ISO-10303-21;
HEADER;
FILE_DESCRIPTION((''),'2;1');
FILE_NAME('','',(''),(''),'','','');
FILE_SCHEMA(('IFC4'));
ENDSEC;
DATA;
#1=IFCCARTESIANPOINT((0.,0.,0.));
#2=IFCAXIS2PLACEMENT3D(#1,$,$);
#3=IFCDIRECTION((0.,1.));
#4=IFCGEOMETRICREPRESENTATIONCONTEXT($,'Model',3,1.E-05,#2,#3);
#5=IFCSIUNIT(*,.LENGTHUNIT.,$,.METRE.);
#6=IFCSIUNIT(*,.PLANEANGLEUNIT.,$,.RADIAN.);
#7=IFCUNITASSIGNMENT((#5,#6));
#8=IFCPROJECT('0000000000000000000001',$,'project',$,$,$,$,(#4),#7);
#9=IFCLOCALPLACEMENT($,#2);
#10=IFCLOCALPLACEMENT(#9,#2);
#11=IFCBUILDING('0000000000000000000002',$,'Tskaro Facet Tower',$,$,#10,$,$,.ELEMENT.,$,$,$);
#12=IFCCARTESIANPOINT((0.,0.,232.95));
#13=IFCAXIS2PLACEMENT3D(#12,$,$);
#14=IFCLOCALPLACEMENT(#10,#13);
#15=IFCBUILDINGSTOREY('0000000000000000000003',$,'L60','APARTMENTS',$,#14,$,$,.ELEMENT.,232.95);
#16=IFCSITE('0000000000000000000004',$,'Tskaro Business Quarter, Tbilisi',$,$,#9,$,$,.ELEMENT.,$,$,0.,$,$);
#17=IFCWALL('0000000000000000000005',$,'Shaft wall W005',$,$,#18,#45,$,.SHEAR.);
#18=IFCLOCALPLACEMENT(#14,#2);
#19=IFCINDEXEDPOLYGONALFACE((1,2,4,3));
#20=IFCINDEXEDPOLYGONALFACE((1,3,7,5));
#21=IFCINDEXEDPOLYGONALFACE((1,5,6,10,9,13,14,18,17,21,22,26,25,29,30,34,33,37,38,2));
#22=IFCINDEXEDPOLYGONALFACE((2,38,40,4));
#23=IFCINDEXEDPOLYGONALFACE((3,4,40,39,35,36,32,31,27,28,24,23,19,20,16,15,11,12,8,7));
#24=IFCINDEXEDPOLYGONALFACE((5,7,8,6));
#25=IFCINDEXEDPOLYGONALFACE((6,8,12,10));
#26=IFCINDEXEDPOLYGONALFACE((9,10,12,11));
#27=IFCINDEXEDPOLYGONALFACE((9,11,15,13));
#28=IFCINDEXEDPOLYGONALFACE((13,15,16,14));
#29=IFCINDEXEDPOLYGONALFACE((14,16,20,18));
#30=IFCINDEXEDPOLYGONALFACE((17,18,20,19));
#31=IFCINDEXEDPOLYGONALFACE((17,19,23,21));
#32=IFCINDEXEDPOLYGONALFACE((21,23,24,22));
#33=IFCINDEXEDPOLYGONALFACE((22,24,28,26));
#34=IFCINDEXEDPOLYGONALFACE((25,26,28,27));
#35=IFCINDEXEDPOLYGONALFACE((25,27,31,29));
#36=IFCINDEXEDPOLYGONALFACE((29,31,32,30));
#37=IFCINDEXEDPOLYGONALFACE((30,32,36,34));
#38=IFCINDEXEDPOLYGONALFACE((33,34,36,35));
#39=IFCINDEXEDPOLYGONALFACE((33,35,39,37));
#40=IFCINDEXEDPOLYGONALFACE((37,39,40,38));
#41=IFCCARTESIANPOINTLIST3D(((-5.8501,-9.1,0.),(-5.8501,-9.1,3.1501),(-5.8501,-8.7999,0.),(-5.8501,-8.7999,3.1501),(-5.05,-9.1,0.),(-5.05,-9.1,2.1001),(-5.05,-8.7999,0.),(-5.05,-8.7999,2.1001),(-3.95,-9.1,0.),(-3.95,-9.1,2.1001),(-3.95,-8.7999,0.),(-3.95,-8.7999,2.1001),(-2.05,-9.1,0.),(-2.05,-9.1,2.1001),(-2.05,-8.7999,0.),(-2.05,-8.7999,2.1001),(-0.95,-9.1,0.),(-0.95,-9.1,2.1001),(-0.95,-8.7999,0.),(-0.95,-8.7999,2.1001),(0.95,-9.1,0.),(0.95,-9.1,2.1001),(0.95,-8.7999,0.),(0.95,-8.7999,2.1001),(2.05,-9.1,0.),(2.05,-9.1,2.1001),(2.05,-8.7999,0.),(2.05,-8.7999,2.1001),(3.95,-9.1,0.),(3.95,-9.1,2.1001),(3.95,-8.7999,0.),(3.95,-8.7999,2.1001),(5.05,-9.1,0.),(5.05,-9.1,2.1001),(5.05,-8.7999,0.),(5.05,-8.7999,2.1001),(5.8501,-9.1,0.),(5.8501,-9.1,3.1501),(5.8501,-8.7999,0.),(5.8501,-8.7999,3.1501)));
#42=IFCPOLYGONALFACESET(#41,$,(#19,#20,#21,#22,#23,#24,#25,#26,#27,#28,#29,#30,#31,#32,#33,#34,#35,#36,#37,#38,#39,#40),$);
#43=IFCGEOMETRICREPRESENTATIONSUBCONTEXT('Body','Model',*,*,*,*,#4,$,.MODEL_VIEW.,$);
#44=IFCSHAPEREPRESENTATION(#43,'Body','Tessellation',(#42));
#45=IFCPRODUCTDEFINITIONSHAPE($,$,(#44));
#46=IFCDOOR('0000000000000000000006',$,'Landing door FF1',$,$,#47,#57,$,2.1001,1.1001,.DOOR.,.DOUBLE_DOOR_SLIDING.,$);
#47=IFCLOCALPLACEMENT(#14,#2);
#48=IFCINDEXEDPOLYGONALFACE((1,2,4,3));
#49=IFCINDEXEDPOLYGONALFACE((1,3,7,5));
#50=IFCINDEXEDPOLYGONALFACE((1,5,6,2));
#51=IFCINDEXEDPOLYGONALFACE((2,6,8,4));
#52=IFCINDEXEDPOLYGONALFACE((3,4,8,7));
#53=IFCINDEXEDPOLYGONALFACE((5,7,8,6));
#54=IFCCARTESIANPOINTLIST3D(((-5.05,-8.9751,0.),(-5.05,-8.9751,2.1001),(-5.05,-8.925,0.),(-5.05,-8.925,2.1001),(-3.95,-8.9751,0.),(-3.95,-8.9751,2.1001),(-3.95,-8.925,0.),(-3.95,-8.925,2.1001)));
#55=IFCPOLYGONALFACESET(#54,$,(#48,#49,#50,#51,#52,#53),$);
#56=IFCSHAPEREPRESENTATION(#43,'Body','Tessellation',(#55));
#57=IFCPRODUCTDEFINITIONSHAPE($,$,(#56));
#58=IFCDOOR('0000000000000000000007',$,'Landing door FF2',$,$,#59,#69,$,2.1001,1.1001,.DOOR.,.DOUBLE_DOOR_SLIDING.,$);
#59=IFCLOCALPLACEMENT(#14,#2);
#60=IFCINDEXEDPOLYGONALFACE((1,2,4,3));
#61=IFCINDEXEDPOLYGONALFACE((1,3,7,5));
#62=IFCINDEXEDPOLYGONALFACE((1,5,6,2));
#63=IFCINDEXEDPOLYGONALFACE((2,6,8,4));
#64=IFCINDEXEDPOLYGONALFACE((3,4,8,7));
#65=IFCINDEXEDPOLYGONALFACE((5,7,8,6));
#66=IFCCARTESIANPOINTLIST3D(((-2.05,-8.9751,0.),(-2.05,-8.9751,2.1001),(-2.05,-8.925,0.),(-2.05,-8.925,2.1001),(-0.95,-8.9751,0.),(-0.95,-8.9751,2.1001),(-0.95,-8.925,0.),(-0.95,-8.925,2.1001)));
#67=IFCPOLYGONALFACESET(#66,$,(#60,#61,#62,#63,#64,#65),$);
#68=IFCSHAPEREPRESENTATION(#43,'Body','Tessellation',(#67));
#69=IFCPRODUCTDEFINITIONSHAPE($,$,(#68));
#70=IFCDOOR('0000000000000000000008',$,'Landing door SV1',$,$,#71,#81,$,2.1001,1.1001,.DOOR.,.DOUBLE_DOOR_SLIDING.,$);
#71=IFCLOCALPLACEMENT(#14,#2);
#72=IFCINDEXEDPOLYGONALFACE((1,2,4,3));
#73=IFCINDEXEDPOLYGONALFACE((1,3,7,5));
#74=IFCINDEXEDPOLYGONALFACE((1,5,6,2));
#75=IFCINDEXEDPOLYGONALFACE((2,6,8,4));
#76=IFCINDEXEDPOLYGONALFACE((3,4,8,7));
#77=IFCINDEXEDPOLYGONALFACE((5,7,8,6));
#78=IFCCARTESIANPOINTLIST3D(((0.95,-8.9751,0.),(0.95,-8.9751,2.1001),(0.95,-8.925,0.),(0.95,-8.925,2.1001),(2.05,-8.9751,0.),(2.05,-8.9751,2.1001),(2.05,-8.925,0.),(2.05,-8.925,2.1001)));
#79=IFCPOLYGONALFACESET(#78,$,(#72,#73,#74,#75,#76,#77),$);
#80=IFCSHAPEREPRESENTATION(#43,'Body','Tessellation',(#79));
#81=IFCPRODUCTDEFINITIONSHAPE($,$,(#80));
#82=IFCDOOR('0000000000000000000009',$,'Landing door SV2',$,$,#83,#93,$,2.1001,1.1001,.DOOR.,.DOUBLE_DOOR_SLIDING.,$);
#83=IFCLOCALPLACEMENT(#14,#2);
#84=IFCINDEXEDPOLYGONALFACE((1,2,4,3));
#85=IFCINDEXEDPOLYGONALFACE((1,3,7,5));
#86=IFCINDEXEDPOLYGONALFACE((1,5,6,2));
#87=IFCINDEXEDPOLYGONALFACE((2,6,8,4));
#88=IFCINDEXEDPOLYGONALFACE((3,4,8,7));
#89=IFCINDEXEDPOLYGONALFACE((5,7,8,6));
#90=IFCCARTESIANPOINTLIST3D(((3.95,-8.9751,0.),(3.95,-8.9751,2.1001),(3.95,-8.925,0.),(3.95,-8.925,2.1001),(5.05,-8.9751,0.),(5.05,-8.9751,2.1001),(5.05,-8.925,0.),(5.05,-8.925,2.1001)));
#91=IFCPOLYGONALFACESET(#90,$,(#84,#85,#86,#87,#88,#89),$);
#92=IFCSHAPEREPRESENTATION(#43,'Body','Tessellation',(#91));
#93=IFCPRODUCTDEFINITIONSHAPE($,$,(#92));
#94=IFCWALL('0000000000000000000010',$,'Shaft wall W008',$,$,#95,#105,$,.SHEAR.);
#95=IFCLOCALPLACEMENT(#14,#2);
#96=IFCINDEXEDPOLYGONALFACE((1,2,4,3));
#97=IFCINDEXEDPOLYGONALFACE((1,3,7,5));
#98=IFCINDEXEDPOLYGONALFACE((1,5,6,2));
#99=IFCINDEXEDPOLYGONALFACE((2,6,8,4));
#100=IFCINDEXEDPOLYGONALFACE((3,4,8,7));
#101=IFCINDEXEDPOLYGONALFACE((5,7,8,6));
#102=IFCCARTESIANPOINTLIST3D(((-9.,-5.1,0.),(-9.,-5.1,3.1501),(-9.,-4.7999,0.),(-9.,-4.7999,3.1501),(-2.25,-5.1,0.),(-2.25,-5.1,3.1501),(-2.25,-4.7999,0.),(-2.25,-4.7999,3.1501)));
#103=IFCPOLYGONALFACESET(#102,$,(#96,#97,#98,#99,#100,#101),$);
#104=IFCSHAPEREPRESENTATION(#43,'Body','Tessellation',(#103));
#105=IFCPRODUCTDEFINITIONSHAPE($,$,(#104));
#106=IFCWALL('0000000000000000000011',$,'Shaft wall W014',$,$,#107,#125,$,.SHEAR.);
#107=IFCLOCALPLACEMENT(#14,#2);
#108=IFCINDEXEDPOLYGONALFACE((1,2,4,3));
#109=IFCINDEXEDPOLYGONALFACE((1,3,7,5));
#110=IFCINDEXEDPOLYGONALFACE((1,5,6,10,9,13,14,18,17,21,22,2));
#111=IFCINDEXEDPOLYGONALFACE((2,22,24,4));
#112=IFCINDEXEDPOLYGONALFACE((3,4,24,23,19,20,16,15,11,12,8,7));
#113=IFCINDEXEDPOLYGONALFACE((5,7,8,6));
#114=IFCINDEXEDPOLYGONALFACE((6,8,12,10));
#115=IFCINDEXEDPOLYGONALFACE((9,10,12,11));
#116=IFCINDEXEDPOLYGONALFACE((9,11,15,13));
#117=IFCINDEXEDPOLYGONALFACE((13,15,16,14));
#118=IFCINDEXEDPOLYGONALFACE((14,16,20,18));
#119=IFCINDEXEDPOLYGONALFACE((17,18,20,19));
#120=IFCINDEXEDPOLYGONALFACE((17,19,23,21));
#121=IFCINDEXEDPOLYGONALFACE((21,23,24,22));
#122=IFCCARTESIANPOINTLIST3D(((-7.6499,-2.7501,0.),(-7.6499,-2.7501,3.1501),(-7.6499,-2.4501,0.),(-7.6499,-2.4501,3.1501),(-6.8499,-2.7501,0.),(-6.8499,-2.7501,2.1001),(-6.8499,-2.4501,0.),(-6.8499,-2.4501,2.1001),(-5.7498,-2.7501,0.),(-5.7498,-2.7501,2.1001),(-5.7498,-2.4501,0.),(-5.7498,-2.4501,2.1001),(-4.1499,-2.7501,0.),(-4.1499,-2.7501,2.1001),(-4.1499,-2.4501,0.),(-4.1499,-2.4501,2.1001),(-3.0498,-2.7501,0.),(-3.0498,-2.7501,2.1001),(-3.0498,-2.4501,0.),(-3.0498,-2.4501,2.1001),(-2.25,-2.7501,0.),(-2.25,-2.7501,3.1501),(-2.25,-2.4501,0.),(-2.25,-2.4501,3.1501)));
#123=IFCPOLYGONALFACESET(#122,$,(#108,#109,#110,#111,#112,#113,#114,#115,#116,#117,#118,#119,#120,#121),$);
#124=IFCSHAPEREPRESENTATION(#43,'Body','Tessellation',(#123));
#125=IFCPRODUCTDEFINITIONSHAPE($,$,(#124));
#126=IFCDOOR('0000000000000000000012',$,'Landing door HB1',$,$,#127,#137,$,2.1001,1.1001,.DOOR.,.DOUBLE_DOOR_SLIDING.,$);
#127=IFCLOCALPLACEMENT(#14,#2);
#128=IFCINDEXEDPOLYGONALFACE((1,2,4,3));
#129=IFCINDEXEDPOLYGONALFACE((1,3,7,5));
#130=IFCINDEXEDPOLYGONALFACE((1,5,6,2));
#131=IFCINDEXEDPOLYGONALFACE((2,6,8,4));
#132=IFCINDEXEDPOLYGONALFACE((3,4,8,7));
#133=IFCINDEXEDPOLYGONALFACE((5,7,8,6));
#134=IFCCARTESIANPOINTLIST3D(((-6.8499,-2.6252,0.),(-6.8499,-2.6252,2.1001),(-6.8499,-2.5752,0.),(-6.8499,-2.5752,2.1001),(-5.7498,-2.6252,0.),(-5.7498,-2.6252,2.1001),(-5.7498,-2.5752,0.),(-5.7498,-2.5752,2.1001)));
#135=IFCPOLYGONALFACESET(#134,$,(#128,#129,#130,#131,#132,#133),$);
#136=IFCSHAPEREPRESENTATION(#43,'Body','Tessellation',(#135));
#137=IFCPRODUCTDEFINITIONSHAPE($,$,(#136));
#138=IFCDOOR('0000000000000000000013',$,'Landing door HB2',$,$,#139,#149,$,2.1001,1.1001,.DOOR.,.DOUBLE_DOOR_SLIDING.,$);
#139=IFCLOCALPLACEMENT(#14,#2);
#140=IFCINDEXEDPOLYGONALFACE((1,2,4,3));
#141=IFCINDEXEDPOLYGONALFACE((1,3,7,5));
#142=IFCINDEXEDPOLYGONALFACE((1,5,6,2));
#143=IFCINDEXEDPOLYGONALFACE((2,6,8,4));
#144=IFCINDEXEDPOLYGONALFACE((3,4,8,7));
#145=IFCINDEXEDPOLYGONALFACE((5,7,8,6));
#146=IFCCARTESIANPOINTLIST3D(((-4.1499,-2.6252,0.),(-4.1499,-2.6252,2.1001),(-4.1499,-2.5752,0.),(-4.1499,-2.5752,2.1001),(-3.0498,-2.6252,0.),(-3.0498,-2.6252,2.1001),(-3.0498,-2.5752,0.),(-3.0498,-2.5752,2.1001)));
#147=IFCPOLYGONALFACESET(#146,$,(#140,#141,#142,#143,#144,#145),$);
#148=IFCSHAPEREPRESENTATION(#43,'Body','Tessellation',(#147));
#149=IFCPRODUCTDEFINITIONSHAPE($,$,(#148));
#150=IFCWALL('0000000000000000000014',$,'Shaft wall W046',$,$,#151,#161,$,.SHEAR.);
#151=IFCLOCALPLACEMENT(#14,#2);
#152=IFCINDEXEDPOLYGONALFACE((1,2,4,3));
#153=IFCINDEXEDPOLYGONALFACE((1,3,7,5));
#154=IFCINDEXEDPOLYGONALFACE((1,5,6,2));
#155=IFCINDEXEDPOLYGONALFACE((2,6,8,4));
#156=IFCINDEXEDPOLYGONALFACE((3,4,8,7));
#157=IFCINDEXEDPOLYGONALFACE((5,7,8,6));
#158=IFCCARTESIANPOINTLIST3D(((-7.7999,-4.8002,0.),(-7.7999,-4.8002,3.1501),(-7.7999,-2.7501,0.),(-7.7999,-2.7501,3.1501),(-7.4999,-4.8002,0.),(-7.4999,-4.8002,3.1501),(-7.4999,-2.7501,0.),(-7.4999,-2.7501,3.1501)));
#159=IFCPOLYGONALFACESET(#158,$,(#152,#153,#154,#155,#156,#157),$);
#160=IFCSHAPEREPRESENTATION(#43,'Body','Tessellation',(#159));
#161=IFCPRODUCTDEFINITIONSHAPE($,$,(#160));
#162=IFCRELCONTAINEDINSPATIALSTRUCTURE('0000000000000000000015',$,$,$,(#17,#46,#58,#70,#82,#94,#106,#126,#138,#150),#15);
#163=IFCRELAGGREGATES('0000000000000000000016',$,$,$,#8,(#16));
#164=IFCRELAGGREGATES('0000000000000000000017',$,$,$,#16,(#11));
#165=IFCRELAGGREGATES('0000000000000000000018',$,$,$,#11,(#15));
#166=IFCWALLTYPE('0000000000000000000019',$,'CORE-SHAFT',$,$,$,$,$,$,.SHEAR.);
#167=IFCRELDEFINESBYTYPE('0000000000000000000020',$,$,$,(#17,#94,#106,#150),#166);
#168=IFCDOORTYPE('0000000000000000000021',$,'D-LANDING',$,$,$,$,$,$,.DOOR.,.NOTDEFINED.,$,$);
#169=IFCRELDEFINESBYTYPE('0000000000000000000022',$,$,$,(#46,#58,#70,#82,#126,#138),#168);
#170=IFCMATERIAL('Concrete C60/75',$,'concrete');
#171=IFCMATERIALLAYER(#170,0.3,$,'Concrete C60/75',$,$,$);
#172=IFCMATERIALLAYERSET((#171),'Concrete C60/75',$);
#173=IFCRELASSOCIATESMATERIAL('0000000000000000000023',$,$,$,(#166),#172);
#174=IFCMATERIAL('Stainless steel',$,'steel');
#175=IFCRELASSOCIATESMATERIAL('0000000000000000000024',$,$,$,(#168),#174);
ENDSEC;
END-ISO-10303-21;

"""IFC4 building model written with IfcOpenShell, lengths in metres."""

from ifc_helpers import new_model, si_unit, direction, frame, frame_2d, origin, place, context, subcontext, project, spatial, rectangle, extrude, material, layer, layer_set, type_object, element, fill, save


model = new_model("IFC4")

# Units and contexts
model_context = context("Model", 3, precision=1e-05, world=origin(), true_north=direction((0.0, 1.0)))
body_context = subcontext(model_context, "Body", "Model", "MODEL_VIEW")
ifc_project = project(units=[si_unit("LENGTHUNIT", "METRE"), si_unit("PLANEANGLEUNIT", "RADIAN")], contexts=[model_context])

# Site, building, storey
site_placement = place(None, origin())
site = spatial("IfcSite", under=ifc_project, at=site_placement, Name="Tskaro Business Quarter, Tbilisi", CompositionType="ELEMENT", RefElevation=0.0)
building_placement = place(site_placement, origin())
building = spatial("IfcBuilding", under=site, at=building_placement, Name="Tskaro Facet Tower", CompositionType="ELEMENT")
storey_placement = place(building_placement, frame((0.0, 0.0, 232.95)))
storey = spatial("IfcBuildingStorey", under=building, at=storey_placement, Name="L60", Description="APARTMENTS", CompositionType="ELEMENT", Elevation=232.95)

# Wall, openings, doors
ifc_material_1 = material(Name="Concrete C60/75", Category="concrete")
ifc_layer_1 = layer(ifc_material_1, 0.3, Name="Concrete C60/75")
ifc_layer_set_1 = layer_set([ifc_layer_1], Name="Concrete C60/75")
wall_type_1 = type_object("IfcWallType", Name="CORE-SHAFT", PredefinedType="SHEAR", material=ifc_layer_set_1)
wall_1_placement = place(storey_placement, frame((-5.8501, -8.95, 0.0), z_axis=(0.0, 0.0, 1.0), x_axis=(1.0, 0.0, 0.0)))
wall_1 = element("IfcWall", 1, at=wall_1_placement, inside=storey, type_object=wall_type_1, Name="Shaft wall W005", PredefinedType="SHEAR", context=body_context, shape_type="SweptSolid", body=[
    extrude(rectangle(XDim=11.7002, YDim=0.3, at=frame_2d((5.8501, 0.0))), origin(), (0.0, 0.0, 1.0), 3.1501),
])
opening_1_placement = place(wall_1_placement, frame((0.8, 0.0, 0.0)))
opening_1 = element("IfcOpeningElement", 2, at=opening_1_placement, cuts=wall_1, PredefinedType="OPENING", context=body_context, shape_type="SweptSolid", body=[
    extrude(rectangle(XDim=1.1001, YDim=2.1001, at=frame_2d((0.55, 1.05))), frame((0.0, 0.1599, 0.0), z_axis=(0.0, -1.0, 0.0), x_axis=(1.0, 0.0, 0.0)), (0.0, 0.0, 1.0), 0.3201),
])
opening_2_placement = place(wall_1_placement, frame((3.8, 0.0, 0.0)))
opening_2 = element("IfcOpeningElement", 3, at=opening_2_placement, cuts=wall_1, PredefinedType="OPENING", context=body_context, shape_type="SweptSolid", body=[
    extrude(rectangle(XDim=1.1001, YDim=2.1001, at=frame_2d((0.55, 1.05))), frame((0.0, 0.1599, 0.0), z_axis=(0.0, -1.0, 0.0), x_axis=(1.0, 0.0, 0.0)), (0.0, 0.0, 1.0), 0.3201),
])
opening_3_placement = place(wall_1_placement, frame((6.8, 0.0, 0.0)))
opening_3 = element("IfcOpeningElement", 4, at=opening_3_placement, cuts=wall_1, PredefinedType="OPENING", context=body_context, shape_type="SweptSolid", body=[
    extrude(rectangle(XDim=1.1001, YDim=2.1001, at=frame_2d((0.55, 1.05))), frame((0.0, 0.1599, 0.0), z_axis=(0.0, -1.0, 0.0), x_axis=(1.0, 0.0, 0.0)), (0.0, 0.0, 1.0), 0.3201),
])
opening_4_placement = place(wall_1_placement, frame((9.8, 0.0, 0.0)))
opening_4 = element("IfcOpeningElement", 5, at=opening_4_placement, cuts=wall_1, PredefinedType="OPENING", context=body_context, shape_type="SweptSolid", body=[
    extrude(rectangle(XDim=1.1001, YDim=2.1001, at=frame_2d((0.55, 1.05))), frame((0.0, 0.1599, 0.0), z_axis=(0.0, -1.0, 0.0), x_axis=(1.0, 0.0, 0.0)), (0.0, 0.0, 1.0), 0.3201),
])
ifc_material_2 = material(Name="Stainless steel", Category="steel")
door_type_1 = type_object("IfcDoorType", Name="D-LANDING", OperationType="NOTDEFINED", PredefinedType="DOOR", material=ifc_material_2)
door_1_placement = place(opening_1_placement, origin())
door_1 = element("IfcDoor", 6, at=door_1_placement, inside=storey, type_object=door_type_1, Name="Landing door FF1", OperationType="DOUBLE_DOOR_SLIDING", OverallHeight=2.1001, OverallWidth=1.1001, PredefinedType="DOOR", context=body_context, shape_type="SweptSolid", body=[
    extrude(rectangle(XDim=1.1001, YDim=2.1001, at=frame_2d((0.55, 1.05))), frame((0.0, 0.0249, 0.0), z_axis=(0.0, -1.0, 0.0), x_axis=(1.0, 0.0, 0.0)), (0.0, 0.0, 1.0), 0.05),
])
fill(opening_1, door_1)
door_2_placement = place(opening_2_placement, origin())
door_2 = element("IfcDoor", 7, at=door_2_placement, inside=storey, type_object=door_type_1, Name="Landing door FF2", OperationType="DOUBLE_DOOR_SLIDING", OverallHeight=2.1001, OverallWidth=1.1001, PredefinedType="DOOR", context=body_context, shape_type="SweptSolid", body=[
    extrude(rectangle(XDim=1.1001, YDim=2.1001, at=frame_2d((0.55, 1.05))), frame((0.0, 0.0249, 0.0), z_axis=(0.0, -1.0, 0.0), x_axis=(1.0, 0.0, 0.0)), (0.0, 0.0, 1.0), 0.05),
])
fill(opening_2, door_2)
door_3_placement = place(opening_3_placement, origin())
door_3 = element("IfcDoor", 8, at=door_3_placement, inside=storey, type_object=door_type_1, Name="Landing door SV1", OperationType="DOUBLE_DOOR_SLIDING", OverallHeight=2.1001, OverallWidth=1.1001, PredefinedType="DOOR", context=body_context, shape_type="SweptSolid", body=[
    extrude(rectangle(XDim=1.1001, YDim=2.1001, at=frame_2d((0.55, 1.05))), frame((0.0, 0.0249, 0.0), z_axis=(0.0, -1.0, 0.0), x_axis=(1.0, 0.0, 0.0)), (0.0, 0.0, 1.0), 0.05),
])
fill(opening_3, door_3)
door_4_placement = place(opening_4_placement, origin())
door_4 = element("IfcDoor", 9, at=door_4_placement, inside=storey, type_object=door_type_1, Name="Landing door SV2", OperationType="DOUBLE_DOOR_SLIDING", OverallHeight=2.1001, OverallWidth=1.1001, PredefinedType="DOOR", context=body_context, shape_type="SweptSolid", body=[
    extrude(rectangle(XDim=1.1001, YDim=2.1001, at=frame_2d((0.55, 1.05))), frame((0.0, 0.0249, 0.0), z_axis=(0.0, -1.0, 0.0), x_axis=(1.0, 0.0, 0.0)), (0.0, 0.0, 1.0), 0.05),
])
fill(opening_4, door_4)

# Wall
wall_2_placement = place(storey_placement, frame((-9.0, -4.95, 0.0), z_axis=(0.0, 0.0, 1.0), x_axis=(1.0, 0.0, 0.0)))
element("IfcWall", 10, at=wall_2_placement, inside=storey, type_object=wall_type_1, Name="Shaft wall W008", PredefinedType="SHEAR", context=body_context, shape_type="SweptSolid", body=[
    extrude(rectangle(XDim=6.75, YDim=0.3, at=frame_2d((3.375, 0.0))), origin(), (0.0, 0.0, 1.0), 3.1501),
])

# Wall, openings, doors
wall_3_placement = place(storey_placement, frame((-7.6499, -2.6001, 0.0), z_axis=(0.0, 0.0, 1.0), x_axis=(1.0, 0.0, 0.0)))
wall_3 = element("IfcWall", 11, at=wall_3_placement, inside=storey, type_object=wall_type_1, Name="Shaft wall W014", PredefinedType="SHEAR", context=body_context, shape_type="SweptSolid", body=[
    extrude(rectangle(XDim=5.3999, YDim=0.3, at=frame_2d((2.7, 0.0))), origin(), (0.0, 0.0, 1.0), 3.1501),
])
opening_5_placement = place(wall_3_placement, frame((0.8, 0.0, 0.0)))
opening_5 = element("IfcOpeningElement", 12, at=opening_5_placement, cuts=wall_3, PredefinedType="OPENING", context=body_context, shape_type="SweptSolid", body=[
    extrude(rectangle(XDim=1.1001, YDim=2.1001, at=frame_2d((0.55, 1.05))), frame((0.0, 0.1599, 0.0), z_axis=(0.0, -1.0, 0.0), x_axis=(1.0, 0.0, 0.0)), (0.0, 0.0, 1.0), 0.3201),
])
opening_6_placement = place(wall_3_placement, frame((3.5, 0.0, 0.0)))
opening_6 = element("IfcOpeningElement", 13, at=opening_6_placement, cuts=wall_3, PredefinedType="OPENING", context=body_context, shape_type="SweptSolid", body=[
    extrude(rectangle(XDim=1.1001, YDim=2.1001, at=frame_2d((0.55, 1.05))), frame((0.0, 0.1599, 0.0), z_axis=(0.0, -1.0, 0.0), x_axis=(1.0, 0.0, 0.0)), (0.0, 0.0, 1.0), 0.3201),
])
door_5_placement = place(opening_5_placement, origin())
door_5 = element("IfcDoor", 14, at=door_5_placement, inside=storey, type_object=door_type_1, Name="Landing door HB1", OperationType="DOUBLE_DOOR_SLIDING", OverallHeight=2.1001, OverallWidth=1.1001, PredefinedType="DOOR", context=body_context, shape_type="SweptSolid", body=[
    extrude(rectangle(XDim=1.1001, YDim=2.1001, at=frame_2d((0.55, 1.05))), frame((0.0, 0.0249, 0.0), z_axis=(0.0, -1.0, 0.0), x_axis=(1.0, 0.0, 0.0)), (0.0, 0.0, 1.0), 0.05),
])
fill(opening_5, door_5)
door_6_placement = place(opening_6_placement, origin())
door_6 = element("IfcDoor", 15, at=door_6_placement, inside=storey, type_object=door_type_1, Name="Landing door HB2", OperationType="DOUBLE_DOOR_SLIDING", OverallHeight=2.1001, OverallWidth=1.1001, PredefinedType="DOOR", context=body_context, shape_type="SweptSolid", body=[
    extrude(rectangle(XDim=1.1001, YDim=2.1001, at=frame_2d((0.55, 1.05))), frame((0.0, 0.0249, 0.0), z_axis=(0.0, -1.0, 0.0), x_axis=(1.0, 0.0, 0.0)), (0.0, 0.0, 1.0), 0.05),
])
fill(opening_6, door_6)

# Wall
wall_4_placement = place(storey_placement, frame((-7.6499, -4.8, 0.0), z_axis=(0.0, 0.0, 1.0), x_axis=(0.0, 1.0, 0.0)))
element("IfcWall", 16, at=wall_4_placement, inside=storey, type_object=wall_type_1, Name="Shaft wall W046", PredefinedType="SHEAR", context=body_context, shape_type="SweptSolid", body=[
    extrude(rectangle(XDim=2.05, YDim=0.3, at=frame_2d((1.0249, 0.0))), origin(), (0.0, 0.0, 1.0), 3.1501),
])

save(model, "model.ifc")
